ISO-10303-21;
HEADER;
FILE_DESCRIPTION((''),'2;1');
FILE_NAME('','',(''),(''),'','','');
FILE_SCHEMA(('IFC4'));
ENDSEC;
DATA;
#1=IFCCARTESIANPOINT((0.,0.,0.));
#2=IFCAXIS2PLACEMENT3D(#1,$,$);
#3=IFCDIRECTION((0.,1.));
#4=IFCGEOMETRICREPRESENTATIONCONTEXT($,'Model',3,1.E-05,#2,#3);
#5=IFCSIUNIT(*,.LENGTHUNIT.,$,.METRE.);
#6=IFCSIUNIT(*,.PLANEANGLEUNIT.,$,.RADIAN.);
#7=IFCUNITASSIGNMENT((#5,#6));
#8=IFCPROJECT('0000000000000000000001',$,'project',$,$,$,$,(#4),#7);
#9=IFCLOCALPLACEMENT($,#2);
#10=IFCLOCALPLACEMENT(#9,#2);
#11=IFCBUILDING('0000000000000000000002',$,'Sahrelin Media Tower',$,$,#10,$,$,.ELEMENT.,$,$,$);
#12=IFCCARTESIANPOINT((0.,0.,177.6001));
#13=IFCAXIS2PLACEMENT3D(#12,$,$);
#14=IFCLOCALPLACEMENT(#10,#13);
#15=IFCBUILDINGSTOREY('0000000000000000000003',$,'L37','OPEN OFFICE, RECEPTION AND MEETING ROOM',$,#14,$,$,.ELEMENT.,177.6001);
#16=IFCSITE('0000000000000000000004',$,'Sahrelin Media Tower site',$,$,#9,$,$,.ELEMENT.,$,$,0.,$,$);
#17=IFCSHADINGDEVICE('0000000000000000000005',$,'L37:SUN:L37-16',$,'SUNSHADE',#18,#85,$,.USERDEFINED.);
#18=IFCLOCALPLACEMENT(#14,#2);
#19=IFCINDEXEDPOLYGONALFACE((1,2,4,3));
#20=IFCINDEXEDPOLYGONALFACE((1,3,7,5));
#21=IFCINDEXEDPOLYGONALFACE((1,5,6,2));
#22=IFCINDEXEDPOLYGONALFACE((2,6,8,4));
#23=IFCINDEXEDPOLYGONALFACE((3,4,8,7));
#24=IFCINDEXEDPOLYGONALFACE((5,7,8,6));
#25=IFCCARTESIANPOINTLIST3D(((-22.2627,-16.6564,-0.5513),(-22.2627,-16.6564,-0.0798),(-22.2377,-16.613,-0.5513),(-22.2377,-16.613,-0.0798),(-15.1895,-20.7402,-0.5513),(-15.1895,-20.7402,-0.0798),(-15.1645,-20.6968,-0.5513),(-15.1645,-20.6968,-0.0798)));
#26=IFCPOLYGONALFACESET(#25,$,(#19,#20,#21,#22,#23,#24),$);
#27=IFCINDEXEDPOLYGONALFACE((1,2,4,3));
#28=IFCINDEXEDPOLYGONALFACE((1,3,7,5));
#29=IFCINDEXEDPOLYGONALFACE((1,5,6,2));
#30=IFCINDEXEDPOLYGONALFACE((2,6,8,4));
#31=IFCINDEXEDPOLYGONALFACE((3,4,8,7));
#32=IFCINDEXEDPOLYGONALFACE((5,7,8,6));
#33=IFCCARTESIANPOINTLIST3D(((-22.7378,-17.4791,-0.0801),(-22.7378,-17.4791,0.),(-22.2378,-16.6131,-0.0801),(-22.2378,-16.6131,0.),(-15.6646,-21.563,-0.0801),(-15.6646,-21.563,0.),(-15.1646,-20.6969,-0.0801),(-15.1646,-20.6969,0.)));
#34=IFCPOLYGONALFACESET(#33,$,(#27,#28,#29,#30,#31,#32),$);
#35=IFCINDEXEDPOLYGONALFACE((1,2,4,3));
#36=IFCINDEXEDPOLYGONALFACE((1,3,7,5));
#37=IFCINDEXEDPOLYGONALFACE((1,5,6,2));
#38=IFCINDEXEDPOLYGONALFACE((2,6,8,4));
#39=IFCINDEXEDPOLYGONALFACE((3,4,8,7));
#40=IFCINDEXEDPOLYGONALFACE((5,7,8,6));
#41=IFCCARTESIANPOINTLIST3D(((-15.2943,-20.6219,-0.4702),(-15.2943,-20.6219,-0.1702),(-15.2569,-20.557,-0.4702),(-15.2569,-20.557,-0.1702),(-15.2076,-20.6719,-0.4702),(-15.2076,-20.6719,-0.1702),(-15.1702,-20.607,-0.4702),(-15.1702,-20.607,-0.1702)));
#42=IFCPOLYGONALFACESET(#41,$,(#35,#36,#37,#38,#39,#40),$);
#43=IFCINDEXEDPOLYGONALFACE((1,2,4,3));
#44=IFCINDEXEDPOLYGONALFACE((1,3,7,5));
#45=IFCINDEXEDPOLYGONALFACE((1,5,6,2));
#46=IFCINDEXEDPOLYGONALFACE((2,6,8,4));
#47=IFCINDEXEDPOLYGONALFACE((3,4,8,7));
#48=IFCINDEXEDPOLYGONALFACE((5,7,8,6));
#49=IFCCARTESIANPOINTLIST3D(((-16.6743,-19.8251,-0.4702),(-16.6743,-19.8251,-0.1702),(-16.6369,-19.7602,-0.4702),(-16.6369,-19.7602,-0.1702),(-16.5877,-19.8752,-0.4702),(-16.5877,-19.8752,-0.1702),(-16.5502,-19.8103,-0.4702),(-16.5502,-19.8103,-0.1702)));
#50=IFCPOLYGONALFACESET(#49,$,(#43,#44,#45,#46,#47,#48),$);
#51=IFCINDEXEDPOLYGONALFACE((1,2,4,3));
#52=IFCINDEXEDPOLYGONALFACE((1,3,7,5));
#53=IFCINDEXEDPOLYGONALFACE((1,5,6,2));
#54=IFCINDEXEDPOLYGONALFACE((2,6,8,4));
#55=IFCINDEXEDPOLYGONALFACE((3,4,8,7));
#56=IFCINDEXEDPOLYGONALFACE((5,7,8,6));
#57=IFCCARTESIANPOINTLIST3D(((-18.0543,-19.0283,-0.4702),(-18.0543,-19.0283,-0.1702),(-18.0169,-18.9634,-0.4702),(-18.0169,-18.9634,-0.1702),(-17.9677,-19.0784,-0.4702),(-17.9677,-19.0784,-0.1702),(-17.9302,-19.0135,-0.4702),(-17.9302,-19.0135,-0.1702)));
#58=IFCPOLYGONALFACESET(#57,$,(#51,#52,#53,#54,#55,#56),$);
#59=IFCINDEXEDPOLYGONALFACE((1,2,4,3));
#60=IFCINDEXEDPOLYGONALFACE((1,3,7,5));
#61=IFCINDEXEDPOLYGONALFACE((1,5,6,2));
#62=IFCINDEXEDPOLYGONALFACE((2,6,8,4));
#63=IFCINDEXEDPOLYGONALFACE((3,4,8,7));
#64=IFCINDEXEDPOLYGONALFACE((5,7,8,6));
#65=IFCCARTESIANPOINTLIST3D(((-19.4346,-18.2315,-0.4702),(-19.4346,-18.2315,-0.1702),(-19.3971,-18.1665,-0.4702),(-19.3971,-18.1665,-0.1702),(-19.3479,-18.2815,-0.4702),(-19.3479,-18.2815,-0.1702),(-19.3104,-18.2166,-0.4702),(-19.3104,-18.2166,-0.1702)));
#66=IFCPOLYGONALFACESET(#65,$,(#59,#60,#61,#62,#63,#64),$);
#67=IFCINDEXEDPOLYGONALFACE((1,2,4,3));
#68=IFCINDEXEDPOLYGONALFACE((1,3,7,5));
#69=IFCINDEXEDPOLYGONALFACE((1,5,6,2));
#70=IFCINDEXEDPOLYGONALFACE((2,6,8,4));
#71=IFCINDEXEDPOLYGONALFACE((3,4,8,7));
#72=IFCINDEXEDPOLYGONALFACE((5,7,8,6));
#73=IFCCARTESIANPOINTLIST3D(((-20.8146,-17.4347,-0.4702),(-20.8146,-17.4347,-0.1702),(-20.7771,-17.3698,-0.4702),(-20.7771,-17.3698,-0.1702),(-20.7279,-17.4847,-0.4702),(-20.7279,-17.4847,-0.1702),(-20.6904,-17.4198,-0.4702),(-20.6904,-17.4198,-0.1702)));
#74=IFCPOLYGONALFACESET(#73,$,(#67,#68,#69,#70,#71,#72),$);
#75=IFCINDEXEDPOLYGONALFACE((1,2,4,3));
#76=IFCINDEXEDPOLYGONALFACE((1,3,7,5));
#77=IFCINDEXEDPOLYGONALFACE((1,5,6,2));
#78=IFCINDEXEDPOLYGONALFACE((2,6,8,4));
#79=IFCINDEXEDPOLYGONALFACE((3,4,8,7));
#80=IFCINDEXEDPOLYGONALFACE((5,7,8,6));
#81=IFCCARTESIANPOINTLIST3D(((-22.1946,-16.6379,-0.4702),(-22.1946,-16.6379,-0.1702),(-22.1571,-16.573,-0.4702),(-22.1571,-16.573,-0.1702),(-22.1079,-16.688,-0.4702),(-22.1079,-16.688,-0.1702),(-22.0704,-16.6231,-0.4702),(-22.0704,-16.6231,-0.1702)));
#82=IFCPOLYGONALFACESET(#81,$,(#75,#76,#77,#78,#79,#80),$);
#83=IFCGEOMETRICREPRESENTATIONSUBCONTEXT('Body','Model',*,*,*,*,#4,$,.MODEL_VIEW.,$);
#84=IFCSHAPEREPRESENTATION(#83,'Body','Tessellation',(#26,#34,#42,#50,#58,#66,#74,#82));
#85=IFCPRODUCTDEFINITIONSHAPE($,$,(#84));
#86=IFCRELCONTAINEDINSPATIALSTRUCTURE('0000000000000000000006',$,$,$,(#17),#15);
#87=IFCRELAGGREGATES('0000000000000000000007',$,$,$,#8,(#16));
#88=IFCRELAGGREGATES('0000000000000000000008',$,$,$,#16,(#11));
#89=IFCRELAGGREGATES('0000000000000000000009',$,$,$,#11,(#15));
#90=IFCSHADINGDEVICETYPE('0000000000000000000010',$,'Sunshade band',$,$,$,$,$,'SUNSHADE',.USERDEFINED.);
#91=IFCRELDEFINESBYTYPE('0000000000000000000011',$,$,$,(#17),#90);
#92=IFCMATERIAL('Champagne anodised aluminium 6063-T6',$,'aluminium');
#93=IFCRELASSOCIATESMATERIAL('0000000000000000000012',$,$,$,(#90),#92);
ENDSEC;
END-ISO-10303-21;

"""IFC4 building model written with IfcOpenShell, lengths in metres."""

from ifc_helpers import new_model, si_unit, direction, frame, origin, origin_2d, place, context, subcontext, project, spatial, rectangle, extrude, material, type_object, element, save


model = new_model("IFC4")

# Units and contexts
model_context = context("Model", 3, precision=1e-05, world=origin(), true_north=direction((0.0, 1.0)))
body_context = subcontext(model_context, "Body", "Model", "MODEL_VIEW")
ifc_project = project(units=[si_unit("LENGTHUNIT", "METRE"), si_unit("PLANEANGLEUNIT", "RADIAN")], contexts=[model_context])

# Site, building, storey
site_placement = place(None, origin())
site = spatial("IfcSite", under=ifc_project, at=site_placement, Name="Sahrelin Media Tower site", CompositionType="ELEMENT", RefElevation=0.0)
building_placement = place(site_placement, origin())
building = spatial("IfcBuilding", under=site, at=building_placement, Name="Sahrelin Media Tower", CompositionType="ELEMENT")
storey_placement = place(building_placement, frame((0.0, 0.0, 177.6001)))
storey = spatial("IfcBuildingStorey", under=building, at=storey_placement, Name="L37", Description="OPEN OFFICE, RECEPTION AND MEETING ROOM", CompositionType="ELEMENT", Elevation=177.6001)

# Shared definitions
ifc_material_1 = material(Name="Champagne anodised aluminium 6063-T6", Category="aluminium")

# Shading device
placement_1 = place(storey_placement, frame((-18.6912, -18.6377, 0.0), z_axis=(0.0, 0.0, 1.0), x_axis=(-0.866019, 0.500011, 0.0)))
shading_device_type_1 = type_object("IfcShadingDeviceType", Name="Sunshade band", ElementType="SUNSHADE", PredefinedType="USERDEFINED", material=ifc_material_1)
element("IfcShadingDevice", 1, at=placement_1, inside=storey, type_object=shading_device_type_1, Name="L37:SUN:L37-16", ObjectType="SUNSHADE", PredefinedType="USERDEFINED", context=body_context, shape_type="SweptSolid", body=[
    extrude(rectangle(XDim=8.1675, YDim=0.05, at=origin_2d()), frame((0.0, 0.0449, -0.5513)), (0.0, 0.0, 1.0), 0.4714),
    extrude(rectangle(XDim=8.1675, YDim=1.0, at=origin_2d()), frame((0.0, 0.52, -0.0801)), (0.0, 0.0, 1.0), 0.0801),
    extrude(rectangle(XDim=0.1001, YDim=0.075, at=origin_2d()), frame((-3.9839, -0.0176, -0.4702)), (0.0, 0.0, 1.0), 0.3),
    extrude(rectangle(XDim=0.1001, YDim=0.075, at=origin_2d()), frame((-2.3904, -0.0176, -0.4702)), (0.0, 0.0, 1.0), 0.3),
    extrude(rectangle(XDim=0.1001, YDim=0.075, at=origin_2d()), frame((-0.7969, -0.0176, -0.4702)), (0.0, 0.0, 1.0), 0.3),
    extrude(rectangle(XDim=0.1001, YDim=0.075, at=origin_2d()), frame((0.7969, -0.0176, -0.4702)), (0.0, 0.0, 1.0), 0.3),
    extrude(rectangle(XDim=0.1001, YDim=0.075, at=origin_2d()), frame((2.3904, -0.0176, -0.4702)), (0.0, 0.0, 1.0), 0.3),
    extrude(rectangle(XDim=0.1001, YDim=0.075, at=origin_2d()), frame((3.9839, -0.0176, -0.4702)), (0.0, 0.0, 1.0), 0.3),
])

save(model, "model.ifc")
